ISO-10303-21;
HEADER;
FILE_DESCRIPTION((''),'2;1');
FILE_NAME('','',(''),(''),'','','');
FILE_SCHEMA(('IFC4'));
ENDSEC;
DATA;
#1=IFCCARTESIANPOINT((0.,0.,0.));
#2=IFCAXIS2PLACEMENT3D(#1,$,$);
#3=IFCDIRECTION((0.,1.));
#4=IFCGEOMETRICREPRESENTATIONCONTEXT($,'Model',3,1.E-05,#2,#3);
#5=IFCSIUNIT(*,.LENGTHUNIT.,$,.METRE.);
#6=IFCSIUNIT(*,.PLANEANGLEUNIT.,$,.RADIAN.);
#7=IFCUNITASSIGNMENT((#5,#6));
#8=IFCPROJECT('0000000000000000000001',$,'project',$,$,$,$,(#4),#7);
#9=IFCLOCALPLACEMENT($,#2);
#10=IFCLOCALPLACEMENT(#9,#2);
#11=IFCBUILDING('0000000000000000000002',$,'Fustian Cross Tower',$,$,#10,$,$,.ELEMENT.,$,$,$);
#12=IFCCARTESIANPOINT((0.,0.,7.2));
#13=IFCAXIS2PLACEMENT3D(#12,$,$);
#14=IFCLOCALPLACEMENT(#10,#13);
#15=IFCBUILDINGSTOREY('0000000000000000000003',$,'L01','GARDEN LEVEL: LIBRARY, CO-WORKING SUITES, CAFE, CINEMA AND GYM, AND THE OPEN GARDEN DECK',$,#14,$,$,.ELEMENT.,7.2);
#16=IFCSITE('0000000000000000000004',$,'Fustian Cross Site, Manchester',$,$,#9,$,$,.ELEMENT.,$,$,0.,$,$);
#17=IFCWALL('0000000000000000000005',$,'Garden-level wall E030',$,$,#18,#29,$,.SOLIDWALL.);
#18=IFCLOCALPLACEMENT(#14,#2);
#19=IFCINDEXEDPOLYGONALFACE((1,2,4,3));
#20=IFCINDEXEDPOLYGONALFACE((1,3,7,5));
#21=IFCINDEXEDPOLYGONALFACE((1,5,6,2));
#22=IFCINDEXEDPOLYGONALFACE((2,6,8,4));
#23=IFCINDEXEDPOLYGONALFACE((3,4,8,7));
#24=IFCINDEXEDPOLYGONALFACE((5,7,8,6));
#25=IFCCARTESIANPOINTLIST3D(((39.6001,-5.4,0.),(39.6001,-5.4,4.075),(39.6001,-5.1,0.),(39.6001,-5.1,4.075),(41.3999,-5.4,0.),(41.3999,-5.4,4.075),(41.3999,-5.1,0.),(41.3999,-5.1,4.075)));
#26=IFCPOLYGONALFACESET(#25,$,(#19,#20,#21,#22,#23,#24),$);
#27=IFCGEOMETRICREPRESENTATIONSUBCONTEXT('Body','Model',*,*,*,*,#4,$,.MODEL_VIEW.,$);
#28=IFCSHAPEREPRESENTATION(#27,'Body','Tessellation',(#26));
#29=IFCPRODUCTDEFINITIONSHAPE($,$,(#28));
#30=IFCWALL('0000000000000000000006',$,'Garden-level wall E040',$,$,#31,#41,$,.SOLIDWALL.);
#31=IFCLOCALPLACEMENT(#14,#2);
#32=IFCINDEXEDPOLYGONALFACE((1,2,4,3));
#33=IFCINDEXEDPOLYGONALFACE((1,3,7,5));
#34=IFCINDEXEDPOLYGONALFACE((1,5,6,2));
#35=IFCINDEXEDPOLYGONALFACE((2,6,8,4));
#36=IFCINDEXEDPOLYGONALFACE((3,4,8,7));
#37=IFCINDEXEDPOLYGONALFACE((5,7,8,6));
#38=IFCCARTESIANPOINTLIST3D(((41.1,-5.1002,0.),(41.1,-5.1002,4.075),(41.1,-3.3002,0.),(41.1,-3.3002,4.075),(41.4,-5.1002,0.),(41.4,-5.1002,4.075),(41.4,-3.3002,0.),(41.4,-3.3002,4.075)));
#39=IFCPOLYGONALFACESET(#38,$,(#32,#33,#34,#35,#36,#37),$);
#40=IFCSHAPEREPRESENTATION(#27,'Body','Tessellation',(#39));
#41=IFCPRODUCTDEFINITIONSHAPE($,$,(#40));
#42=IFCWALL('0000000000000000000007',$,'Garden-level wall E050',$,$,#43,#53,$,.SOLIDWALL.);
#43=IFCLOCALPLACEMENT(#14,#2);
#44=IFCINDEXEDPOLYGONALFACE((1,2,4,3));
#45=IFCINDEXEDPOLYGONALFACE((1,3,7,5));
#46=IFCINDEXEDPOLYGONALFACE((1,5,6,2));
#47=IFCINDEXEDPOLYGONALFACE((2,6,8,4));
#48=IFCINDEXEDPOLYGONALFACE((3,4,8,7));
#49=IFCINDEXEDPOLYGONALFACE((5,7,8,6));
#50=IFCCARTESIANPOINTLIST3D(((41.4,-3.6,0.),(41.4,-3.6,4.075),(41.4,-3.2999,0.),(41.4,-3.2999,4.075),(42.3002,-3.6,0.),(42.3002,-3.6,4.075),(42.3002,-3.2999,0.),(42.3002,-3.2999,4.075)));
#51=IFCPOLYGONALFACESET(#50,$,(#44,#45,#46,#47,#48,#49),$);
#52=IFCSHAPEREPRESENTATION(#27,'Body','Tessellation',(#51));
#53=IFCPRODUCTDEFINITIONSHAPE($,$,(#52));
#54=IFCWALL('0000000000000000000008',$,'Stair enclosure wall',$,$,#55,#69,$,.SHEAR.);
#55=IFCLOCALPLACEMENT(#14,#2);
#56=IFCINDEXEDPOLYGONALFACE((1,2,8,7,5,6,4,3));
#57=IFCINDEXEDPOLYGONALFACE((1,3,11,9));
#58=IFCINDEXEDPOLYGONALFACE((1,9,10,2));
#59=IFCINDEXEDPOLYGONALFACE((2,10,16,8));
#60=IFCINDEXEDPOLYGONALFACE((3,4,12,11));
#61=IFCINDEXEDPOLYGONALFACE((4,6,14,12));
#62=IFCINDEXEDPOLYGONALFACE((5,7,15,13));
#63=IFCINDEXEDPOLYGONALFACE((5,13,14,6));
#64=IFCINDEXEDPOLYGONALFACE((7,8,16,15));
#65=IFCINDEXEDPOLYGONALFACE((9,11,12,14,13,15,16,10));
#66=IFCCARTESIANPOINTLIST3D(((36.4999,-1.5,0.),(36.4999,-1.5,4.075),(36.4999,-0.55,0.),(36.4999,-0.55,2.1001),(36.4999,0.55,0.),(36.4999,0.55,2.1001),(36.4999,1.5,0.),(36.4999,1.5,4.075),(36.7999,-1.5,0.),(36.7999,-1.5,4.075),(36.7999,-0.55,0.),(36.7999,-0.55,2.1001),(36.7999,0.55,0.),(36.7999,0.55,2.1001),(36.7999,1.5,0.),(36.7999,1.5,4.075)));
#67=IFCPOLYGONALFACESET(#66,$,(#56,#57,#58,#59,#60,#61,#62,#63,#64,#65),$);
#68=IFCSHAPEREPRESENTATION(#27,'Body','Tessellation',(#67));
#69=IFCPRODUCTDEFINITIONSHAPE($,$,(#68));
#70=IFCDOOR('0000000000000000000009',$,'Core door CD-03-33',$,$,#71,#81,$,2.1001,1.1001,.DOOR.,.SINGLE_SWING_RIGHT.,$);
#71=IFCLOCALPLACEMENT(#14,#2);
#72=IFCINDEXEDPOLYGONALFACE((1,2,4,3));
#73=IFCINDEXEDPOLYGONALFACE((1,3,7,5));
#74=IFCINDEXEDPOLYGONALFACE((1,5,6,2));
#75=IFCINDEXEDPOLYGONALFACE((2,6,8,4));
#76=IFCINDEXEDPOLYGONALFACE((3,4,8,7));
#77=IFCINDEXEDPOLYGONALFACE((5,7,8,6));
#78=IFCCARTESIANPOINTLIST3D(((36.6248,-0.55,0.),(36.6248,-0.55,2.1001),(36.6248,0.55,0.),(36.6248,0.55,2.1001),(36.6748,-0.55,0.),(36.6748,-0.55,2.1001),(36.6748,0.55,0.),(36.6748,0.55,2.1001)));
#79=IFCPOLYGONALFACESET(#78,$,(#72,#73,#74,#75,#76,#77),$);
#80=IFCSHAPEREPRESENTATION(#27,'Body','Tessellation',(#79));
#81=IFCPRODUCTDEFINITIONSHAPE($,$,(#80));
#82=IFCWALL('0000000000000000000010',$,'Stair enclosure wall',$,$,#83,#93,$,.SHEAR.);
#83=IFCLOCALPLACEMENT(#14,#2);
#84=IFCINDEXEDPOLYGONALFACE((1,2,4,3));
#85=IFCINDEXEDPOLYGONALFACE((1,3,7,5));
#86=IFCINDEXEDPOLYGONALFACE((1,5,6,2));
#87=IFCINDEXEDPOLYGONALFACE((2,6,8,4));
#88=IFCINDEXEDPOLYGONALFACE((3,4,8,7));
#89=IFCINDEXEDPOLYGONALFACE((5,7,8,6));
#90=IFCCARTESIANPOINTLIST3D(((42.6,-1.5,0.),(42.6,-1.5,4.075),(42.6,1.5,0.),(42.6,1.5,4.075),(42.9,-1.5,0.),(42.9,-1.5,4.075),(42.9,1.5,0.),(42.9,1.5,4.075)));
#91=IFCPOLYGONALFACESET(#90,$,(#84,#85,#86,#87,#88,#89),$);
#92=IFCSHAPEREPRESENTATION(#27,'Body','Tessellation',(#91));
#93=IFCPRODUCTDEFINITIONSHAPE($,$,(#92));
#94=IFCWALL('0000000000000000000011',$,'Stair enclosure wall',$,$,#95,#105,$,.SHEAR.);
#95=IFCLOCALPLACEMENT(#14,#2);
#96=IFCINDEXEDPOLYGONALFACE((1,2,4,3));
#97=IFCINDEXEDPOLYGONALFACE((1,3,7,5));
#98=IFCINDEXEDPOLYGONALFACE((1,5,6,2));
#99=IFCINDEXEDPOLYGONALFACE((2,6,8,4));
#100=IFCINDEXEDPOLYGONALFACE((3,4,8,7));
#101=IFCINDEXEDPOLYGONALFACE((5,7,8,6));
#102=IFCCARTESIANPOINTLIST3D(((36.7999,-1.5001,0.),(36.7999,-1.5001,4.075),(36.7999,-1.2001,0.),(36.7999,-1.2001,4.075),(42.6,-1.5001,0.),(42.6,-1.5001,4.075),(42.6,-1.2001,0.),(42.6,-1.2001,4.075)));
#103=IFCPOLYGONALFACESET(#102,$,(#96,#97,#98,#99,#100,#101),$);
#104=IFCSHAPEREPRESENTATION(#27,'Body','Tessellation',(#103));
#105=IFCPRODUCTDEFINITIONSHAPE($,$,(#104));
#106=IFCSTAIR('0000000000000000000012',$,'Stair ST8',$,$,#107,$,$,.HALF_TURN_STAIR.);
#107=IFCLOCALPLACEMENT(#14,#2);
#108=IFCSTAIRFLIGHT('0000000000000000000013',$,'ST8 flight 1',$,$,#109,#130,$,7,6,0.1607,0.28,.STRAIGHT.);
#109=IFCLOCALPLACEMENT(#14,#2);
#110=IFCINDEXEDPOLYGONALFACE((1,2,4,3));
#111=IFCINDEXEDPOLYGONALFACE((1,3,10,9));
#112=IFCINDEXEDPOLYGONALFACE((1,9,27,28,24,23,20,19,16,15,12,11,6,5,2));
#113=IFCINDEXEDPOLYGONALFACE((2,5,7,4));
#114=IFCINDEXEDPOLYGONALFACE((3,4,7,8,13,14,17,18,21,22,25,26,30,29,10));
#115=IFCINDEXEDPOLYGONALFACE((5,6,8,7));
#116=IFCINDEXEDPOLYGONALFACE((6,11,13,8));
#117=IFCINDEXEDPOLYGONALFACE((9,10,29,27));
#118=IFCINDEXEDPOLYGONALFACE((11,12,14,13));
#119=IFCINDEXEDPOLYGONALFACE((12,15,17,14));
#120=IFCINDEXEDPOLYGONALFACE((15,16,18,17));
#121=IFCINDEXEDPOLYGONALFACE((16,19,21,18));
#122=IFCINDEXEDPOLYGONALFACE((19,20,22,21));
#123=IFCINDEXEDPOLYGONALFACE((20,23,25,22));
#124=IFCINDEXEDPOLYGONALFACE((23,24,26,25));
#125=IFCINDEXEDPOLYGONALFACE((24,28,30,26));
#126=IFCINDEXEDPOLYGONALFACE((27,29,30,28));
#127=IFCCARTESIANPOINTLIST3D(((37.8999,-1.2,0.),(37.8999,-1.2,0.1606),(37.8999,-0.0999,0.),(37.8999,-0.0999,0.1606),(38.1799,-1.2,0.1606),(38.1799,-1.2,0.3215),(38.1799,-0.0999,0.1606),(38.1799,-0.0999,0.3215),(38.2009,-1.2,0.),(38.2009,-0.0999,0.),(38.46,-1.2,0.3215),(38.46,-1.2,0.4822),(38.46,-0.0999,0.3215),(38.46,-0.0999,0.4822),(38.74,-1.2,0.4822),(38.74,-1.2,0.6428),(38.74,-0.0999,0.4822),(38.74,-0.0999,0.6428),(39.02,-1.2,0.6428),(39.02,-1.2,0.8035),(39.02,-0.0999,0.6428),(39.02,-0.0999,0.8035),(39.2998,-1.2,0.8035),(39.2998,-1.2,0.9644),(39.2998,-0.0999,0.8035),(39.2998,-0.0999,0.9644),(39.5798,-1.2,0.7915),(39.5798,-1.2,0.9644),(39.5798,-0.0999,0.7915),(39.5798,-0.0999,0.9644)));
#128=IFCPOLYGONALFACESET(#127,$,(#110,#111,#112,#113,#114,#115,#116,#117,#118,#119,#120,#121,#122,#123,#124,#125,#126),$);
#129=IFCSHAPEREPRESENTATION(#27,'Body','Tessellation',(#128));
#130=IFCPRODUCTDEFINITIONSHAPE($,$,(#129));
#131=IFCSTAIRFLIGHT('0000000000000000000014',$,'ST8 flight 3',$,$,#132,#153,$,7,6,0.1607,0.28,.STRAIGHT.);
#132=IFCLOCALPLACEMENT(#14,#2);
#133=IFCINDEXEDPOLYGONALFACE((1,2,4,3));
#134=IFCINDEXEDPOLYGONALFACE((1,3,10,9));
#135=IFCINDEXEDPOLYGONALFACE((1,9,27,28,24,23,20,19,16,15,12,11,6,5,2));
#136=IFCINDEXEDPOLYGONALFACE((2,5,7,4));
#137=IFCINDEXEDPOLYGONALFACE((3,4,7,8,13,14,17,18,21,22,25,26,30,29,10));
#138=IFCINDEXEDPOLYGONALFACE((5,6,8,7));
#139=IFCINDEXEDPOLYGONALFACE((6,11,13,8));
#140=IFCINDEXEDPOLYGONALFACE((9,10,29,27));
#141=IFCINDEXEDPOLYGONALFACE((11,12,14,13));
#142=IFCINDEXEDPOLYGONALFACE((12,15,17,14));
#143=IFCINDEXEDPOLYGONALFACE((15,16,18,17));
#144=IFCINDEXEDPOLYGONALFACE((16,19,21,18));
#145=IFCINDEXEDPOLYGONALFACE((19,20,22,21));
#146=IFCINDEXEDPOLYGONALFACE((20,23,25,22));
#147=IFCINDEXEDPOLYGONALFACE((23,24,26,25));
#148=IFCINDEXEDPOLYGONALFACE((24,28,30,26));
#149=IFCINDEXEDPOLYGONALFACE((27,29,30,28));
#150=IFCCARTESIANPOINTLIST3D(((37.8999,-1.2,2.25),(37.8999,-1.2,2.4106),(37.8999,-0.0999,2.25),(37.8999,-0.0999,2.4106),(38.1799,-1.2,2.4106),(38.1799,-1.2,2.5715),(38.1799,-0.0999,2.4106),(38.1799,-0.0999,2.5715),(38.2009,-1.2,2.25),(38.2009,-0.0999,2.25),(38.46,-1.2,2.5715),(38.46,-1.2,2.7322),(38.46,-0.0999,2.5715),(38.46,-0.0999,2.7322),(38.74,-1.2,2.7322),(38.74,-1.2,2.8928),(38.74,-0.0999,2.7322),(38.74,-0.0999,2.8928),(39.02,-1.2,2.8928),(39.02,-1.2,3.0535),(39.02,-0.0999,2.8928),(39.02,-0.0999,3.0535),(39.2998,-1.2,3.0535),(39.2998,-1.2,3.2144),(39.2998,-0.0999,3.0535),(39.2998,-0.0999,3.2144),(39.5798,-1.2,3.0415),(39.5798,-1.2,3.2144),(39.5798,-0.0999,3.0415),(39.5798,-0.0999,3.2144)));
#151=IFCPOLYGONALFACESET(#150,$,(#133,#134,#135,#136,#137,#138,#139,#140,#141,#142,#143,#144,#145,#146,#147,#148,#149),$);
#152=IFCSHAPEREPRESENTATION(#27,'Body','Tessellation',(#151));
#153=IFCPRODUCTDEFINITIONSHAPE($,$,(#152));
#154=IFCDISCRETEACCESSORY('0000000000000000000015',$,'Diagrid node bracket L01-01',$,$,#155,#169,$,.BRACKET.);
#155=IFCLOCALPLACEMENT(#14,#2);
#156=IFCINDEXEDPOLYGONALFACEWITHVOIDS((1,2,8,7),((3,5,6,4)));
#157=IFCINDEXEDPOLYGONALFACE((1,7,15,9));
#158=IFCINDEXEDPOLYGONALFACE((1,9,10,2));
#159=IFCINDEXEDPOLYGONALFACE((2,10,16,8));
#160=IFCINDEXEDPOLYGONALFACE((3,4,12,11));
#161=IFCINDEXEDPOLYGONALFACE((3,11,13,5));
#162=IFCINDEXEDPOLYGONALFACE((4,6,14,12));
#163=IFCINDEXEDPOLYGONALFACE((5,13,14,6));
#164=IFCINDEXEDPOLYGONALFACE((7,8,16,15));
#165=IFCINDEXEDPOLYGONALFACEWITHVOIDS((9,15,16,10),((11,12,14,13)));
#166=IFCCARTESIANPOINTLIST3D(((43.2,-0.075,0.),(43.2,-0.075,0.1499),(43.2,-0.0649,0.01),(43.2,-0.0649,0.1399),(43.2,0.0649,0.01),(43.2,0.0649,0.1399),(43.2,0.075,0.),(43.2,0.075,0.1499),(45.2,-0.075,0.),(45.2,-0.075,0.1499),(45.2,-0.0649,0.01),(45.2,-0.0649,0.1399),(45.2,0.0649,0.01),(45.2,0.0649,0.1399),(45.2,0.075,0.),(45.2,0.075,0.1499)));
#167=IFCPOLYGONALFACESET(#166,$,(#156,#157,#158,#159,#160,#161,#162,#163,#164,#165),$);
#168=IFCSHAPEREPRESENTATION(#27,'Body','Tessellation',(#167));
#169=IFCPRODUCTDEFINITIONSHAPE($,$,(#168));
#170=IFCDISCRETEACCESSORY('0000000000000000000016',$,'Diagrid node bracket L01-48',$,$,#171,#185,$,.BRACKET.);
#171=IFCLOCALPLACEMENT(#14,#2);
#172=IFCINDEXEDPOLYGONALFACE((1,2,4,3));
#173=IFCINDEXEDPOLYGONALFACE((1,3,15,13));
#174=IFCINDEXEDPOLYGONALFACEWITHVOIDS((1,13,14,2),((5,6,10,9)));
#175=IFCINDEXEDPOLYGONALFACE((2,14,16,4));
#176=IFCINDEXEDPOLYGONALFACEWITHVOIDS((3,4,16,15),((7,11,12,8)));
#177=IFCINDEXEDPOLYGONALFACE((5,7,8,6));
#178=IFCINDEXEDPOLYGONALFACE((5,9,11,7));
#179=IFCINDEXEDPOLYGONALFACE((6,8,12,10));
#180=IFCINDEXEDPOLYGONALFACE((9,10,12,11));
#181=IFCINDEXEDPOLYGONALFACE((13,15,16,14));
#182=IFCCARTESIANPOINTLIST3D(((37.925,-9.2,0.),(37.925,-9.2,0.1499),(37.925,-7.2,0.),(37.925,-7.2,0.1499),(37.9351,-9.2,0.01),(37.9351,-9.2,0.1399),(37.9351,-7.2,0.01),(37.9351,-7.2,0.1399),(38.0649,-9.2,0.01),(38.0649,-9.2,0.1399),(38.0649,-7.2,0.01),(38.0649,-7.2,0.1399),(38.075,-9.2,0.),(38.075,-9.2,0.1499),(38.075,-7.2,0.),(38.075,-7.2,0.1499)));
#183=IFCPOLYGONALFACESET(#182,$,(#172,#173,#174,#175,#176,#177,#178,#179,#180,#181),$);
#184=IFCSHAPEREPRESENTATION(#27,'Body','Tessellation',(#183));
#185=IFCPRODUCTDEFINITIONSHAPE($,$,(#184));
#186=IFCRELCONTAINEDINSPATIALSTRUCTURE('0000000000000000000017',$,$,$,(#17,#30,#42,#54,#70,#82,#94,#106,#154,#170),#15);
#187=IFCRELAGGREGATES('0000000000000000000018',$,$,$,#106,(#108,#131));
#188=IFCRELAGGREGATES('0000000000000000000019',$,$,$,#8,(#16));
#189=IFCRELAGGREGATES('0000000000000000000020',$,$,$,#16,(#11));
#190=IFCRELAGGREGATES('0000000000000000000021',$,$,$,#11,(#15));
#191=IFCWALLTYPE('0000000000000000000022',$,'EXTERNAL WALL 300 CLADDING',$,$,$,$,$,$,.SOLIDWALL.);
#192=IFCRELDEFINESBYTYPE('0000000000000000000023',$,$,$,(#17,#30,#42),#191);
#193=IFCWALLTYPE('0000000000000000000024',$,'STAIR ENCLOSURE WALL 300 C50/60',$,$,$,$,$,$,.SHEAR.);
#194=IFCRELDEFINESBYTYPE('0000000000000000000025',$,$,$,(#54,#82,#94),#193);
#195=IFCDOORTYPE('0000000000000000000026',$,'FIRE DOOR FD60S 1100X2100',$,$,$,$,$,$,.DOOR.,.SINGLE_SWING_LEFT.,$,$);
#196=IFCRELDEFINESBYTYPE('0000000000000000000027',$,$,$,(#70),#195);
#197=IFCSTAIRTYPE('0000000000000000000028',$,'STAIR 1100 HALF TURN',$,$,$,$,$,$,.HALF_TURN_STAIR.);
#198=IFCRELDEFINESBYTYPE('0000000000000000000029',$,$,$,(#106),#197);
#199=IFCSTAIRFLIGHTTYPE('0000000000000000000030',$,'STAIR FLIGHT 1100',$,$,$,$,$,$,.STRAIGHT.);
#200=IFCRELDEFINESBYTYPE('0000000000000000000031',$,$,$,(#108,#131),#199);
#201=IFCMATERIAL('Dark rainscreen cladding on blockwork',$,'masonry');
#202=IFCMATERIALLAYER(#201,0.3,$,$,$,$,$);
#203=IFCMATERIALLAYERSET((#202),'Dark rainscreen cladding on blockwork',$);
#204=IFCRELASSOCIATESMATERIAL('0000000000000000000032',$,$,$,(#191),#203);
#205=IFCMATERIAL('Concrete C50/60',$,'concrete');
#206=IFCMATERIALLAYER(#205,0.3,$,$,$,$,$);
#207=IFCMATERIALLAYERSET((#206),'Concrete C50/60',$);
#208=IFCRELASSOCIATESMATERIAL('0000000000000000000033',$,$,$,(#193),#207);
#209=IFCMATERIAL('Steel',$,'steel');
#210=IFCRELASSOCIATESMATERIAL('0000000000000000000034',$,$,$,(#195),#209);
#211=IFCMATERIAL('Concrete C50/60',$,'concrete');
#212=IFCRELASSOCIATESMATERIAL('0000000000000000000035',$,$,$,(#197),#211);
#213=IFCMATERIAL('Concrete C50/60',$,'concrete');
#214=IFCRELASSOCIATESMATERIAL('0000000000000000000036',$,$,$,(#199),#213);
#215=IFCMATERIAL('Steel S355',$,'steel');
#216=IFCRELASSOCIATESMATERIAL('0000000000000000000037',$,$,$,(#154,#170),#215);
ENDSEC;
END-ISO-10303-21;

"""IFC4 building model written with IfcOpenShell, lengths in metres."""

from ifc_helpers import new_model, si_unit, direction, frame, frame_2d, origin, origin_2d, place, context, subcontext, project, spatial, polyline, rectangle, hollow_rectangle, outline, extrude, material, layer, layer_set, type_object, element, fill, aggregate, save


model = new_model("IFC4")

# Units and contexts
model_context = context("Model", 3, precision=1e-05, world=origin(), true_north=direction((0.0, 1.0)))
body_context = subcontext(model_context, "Body", "Model", "MODEL_VIEW")
ifc_project = project(units=[si_unit("LENGTHUNIT", "METRE"), si_unit("PLANEANGLEUNIT", "RADIAN")], contexts=[model_context])

# Site, building, storey
site_placement = place(None, origin())
site = spatial("IfcSite", under=ifc_project, at=site_placement, Name="Fustian Cross Site, Manchester", CompositionType="ELEMENT", RefElevation=0.0)
building_placement = place(site_placement, origin())
building = spatial("IfcBuilding", under=site, at=building_placement, Name="Fustian Cross Tower", CompositionType="ELEMENT")
storey_placement = place(building_placement, frame((0.0, 0.0, 7.2)))
storey = spatial("IfcBuildingStorey", under=building, at=storey_placement, Name="L01", Description="GARDEN LEVEL: LIBRARY, CO-WORKING SUITES, CAFE, CINEMA AND GYM, AND THE OPEN GARDEN DECK", CompositionType="ELEMENT", Elevation=7.2)

# Walls
ifc_material_1 = material(Name="Dark rainscreen cladding on blockwork", Category="masonry")
ifc_layer_1 = layer(ifc_material_1, 0.3)
ifc_layer_set_1 = layer_set([ifc_layer_1], Name="Dark rainscreen cladding on blockwork")
wall_type_1 = type_object("IfcWallType", Name="EXTERNAL WALL 300 CLADDING", PredefinedType="SOLIDWALL", material=ifc_layer_set_1)
wall_1_placement = place(storey_placement, frame((39.6001, -5.25, 0.0), z_axis=(0.0, 0.0, 1.0), x_axis=(1.0, 0.0, 0.0)))
element("IfcWall", 1, at=wall_1_placement, inside=storey, type_object=wall_type_1, Name="Garden-level wall E030", PredefinedType="SOLIDWALL", context=body_context, shape_type="SweptSolid", body=[
    extrude(rectangle(XDim=1.7998, YDim=0.3, at=frame_2d((0.8999, 0.0))), origin(), (0.0, 0.0, 1.0), 4.075),
])
wall_2_placement = place(storey_placement, frame((41.25, -5.1001, 0.0), z_axis=(0.0, 0.0, 1.0), x_axis=(0.0, 1.0, 0.0)))
element("IfcWall", 2, at=wall_2_placement, inside=storey, type_object=wall_type_1, Name="Garden-level wall E040", PredefinedType="SOLIDWALL", context=body_context, shape_type="SweptSolid", body=[
    extrude(rectangle(XDim=1.8, YDim=0.3, at=frame_2d((0.8999, 0.0))), origin(), (0.0, 0.0, 1.0), 4.075),
])
wall_3_placement = place(storey_placement, frame((41.3999, -3.45, 0.0), z_axis=(0.0, 0.0, 1.0), x_axis=(1.0, 0.0, 0.0)))
element("IfcWall", 3, at=wall_3_placement, inside=storey, type_object=wall_type_1, Name="Garden-level wall E050", PredefinedType="SOLIDWALL", context=body_context, shape_type="SweptSolid", body=[
    extrude(rectangle(XDim=0.9001, YDim=0.3, at=frame_2d((0.4502, 0.0))), origin(), (0.0, 0.0, 1.0), 4.075),
])

# Wall, opening, door
ifc_material_2 = material(Name="Concrete C50/60", Category="concrete")
ifc_layer_2 = layer(ifc_material_2, 0.3)
ifc_layer_set_2 = layer_set([ifc_layer_2], Name="Concrete C50/60")
wall_type_2 = type_object("IfcWallType", Name="STAIR ENCLOSURE WALL 300 C50/60", PredefinedType="SHEAR", material=ifc_layer_set_2)
wall_4_placement = place(storey_placement, frame((36.6499, -1.5, 0.0), z_axis=(0.0, 0.0, 1.0), x_axis=(0.0, 1.0, 0.0)))
wall_4 = element("IfcWall", 4, at=wall_4_placement, inside=storey, type_object=wall_type_2, Name="Stair enclosure wall", PredefinedType="SHEAR", context=body_context, shape_type="SweptSolid", body=[
    extrude(rectangle(XDim=3.0, YDim=0.3, at=frame_2d((1.5, 0.0))), origin(), (0.0, 0.0, 1.0), 4.075),
])
opening_placement = place(wall_4_placement, frame((0.95, 0.0, 0.0)))
opening = element("IfcOpeningElement", 5, at=opening_placement, cuts=wall_4, PredefinedType="OPENING", context=body_context, shape_type="SweptSolid", body=[
    extrude(rectangle(XDim=1.1001, YDim=2.1001, at=frame_2d((0.55, 1.05))), frame((0.0, 0.1599, 0.0), z_axis=(0.0, -1.0, 0.0), x_axis=(1.0, 0.0, 0.0)), (0.0, 0.0, 1.0), 0.3201),
])
ifc_material_3 = material(Name="Steel", Category="steel")
door_type = type_object("IfcDoorType", Name="FIRE DOOR FD60S 1100X2100", OperationType="SINGLE_SWING_LEFT", PredefinedType="DOOR", material=ifc_material_3)
door_placement = place(opening_placement, frame((1.1001, 0.0, 0.0), z_axis=(0.0, 0.0, 1.0), x_axis=(-1.0, 0.0, 0.0)))
door = element("IfcDoor", 6, at=door_placement, inside=storey, type_object=door_type, Name="Core door CD-03-33", OperationType="SINGLE_SWING_RIGHT", OverallHeight=2.1001, OverallWidth=1.1001, PredefinedType="DOOR", context=body_context, shape_type="SweptSolid", body=[
    extrude(rectangle(XDim=1.1001, YDim=2.1001, at=frame_2d((0.55, 1.05))), frame((0.0, 0.0249, 0.0), z_axis=(0.0, -1.0, 0.0), x_axis=(1.0, 0.0, 0.0)), (0.0, 0.0, 1.0), 0.05),
])
fill(opening, door)

# Walls
wall_5_placement = place(storey_placement, frame((42.75, -1.5, 0.0), z_axis=(0.0, 0.0, 1.0), x_axis=(0.0, 1.0, 0.0)))
element("IfcWall", 7, at=wall_5_placement, inside=storey, type_object=wall_type_2, Name="Stair enclosure wall", PredefinedType="SHEAR", context=body_context, shape_type="SweptSolid", body=[
    extrude(rectangle(XDim=3.0, YDim=0.3, at=frame_2d((1.5, 0.0))), origin(), (0.0, 0.0, 1.0), 4.075),
])
wall_6_placement = place(storey_placement, frame((36.8, -1.3501, 0.0), z_axis=(0.0, 0.0, 1.0), x_axis=(1.0, 0.0, 0.0)))
element("IfcWall", 8, at=wall_6_placement, inside=storey, type_object=wall_type_2, Name="Stair enclosure wall", PredefinedType="SHEAR", context=body_context, shape_type="SweptSolid", body=[
    extrude(rectangle(XDim=5.8, YDim=0.3, at=frame_2d((2.8999, 0.0))), origin(), (0.0, 0.0, 1.0), 4.075),
])

# Stair, stair flights
ifc_material_4 = material(Name="Concrete C50/60", Category="concrete")
stair_type = type_object("IfcStairType", Name="STAIR 1100 HALF TURN", PredefinedType="HALF_TURN_STAIR", material=ifc_material_4)
stair_placement = place(storey_placement, origin())
stair = element("IfcStair", 9, at=stair_placement, inside=storey, type_object=stair_type, Name="Stair ST8", PredefinedType="HALF_TURN_STAIR")
ifc_material_5 = material(Name="Concrete C50/60", Category="concrete")
stair_flight_type = type_object("IfcStairFlightType", Name="STAIR FLIGHT 1100", PredefinedType="STRAIGHT", material=ifc_material_5)
stair_flight_1_placement = place(storey_placement, frame((37.8999, -0.6499, 0.0), z_axis=(0.0, 0.0, 1.0), x_axis=(1.0, 0.0, 0.0)))
stair_flight_1 = element("IfcStairFlight", 10, at=stair_flight_1_placement, type_object=stair_flight_type, Name="ST8 flight 1", NumberOfRisers=7, NumberOfTreads=6, PredefinedType="STRAIGHT", RiserHeight=0.1607, TreadLength=0.28, context=body_context, shape_type="SweptSolid", body=[
    extrude(outline(polyline([(0.0, 0.0), (0.0, 0.1606), (0.28, 0.1606), (0.28, 0.3215), (0.5601, 0.3215), (0.5601, 0.4822), (0.8401, 0.4822), (0.8401, 0.6428), (1.1201, 0.6428), (1.1201, 0.8035), (1.3999, 0.8035), (1.3999, 0.9644), (1.6799, 0.9644), (1.6799, 1.125), (1.6799, 0.7915), (0.301, 0.0), (0.0, 0.0)])), frame((0.0, 0.55, 0.0), z_axis=(0.0, -1.0, 0.0), x_axis=(1.0, 0.0, 0.0)), (0.0, 0.0, 1.0), 1.1001),
])
stair_flight_2_placement = place(storey_placement, frame((37.8999, -0.6499, 2.25), z_axis=(0.0, 0.0, 1.0), x_axis=(1.0, 0.0, 0.0)))
stair_flight_2 = element("IfcStairFlight", 11, at=stair_flight_2_placement, type_object=stair_flight_type, Name="ST8 flight 3", NumberOfRisers=7, NumberOfTreads=6, PredefinedType="STRAIGHT", RiserHeight=0.1607, TreadLength=0.28, context=body_context, shape_type="SweptSolid", body=[
    extrude(outline(polyline([(0.0, 0.0), (0.0, 0.1606), (0.28, 0.1606), (0.28, 0.3215), (0.5601, 0.3215), (0.5601, 0.4822), (0.8401, 0.4822), (0.8401, 0.6428), (1.1201, 0.6428), (1.1201, 0.8035), (1.3999, 0.8035), (1.3999, 0.9644), (1.6799, 0.9644), (1.6799, 1.125), (1.6799, 0.7915), (0.301, 0.0), (0.0, 0.0)])), frame((0.0, 0.55, 0.0), z_axis=(0.0, -1.0, 0.0), x_axis=(1.0, 0.0, 0.0)), (0.0, 0.0, 1.0), 1.1001),
])
aggregate(stair, [stair_flight_1, stair_flight_2])

# Discrete accessories
ifc_material_6 = material(Name="Steel S355", Category="steel")
for number, where, z_axis, x_axis, name in (
    (12, (45.2, 0.0, 0.075), (-1.0, 0.0, 0.0), (0.0, -1.0, 0.0), "Diagrid node bracket L01-01"),
    (13, (38.0, -9.2, 0.075), (0.0, 1.0, 0.0), (-1.0, 0.0, 0.0), "Diagrid node bracket L01-48"),
):
    element("IfcDiscreteAccessory", number, at=place(storey_placement, frame(where, z_axis=z_axis, x_axis=x_axis)), inside=storey, material=ifc_material_6, Name=name, PredefinedType="BRACKET", context=body_context, shape_type="SweptSolid", body=[
        extrude(hollow_rectangle(XDim=0.1499, YDim=0.1499, WallThickness=0.01, at=origin_2d()), origin(), (0.0, 0.0, 1.0), 2.0),
    ])

save(model, "model.ifc")
